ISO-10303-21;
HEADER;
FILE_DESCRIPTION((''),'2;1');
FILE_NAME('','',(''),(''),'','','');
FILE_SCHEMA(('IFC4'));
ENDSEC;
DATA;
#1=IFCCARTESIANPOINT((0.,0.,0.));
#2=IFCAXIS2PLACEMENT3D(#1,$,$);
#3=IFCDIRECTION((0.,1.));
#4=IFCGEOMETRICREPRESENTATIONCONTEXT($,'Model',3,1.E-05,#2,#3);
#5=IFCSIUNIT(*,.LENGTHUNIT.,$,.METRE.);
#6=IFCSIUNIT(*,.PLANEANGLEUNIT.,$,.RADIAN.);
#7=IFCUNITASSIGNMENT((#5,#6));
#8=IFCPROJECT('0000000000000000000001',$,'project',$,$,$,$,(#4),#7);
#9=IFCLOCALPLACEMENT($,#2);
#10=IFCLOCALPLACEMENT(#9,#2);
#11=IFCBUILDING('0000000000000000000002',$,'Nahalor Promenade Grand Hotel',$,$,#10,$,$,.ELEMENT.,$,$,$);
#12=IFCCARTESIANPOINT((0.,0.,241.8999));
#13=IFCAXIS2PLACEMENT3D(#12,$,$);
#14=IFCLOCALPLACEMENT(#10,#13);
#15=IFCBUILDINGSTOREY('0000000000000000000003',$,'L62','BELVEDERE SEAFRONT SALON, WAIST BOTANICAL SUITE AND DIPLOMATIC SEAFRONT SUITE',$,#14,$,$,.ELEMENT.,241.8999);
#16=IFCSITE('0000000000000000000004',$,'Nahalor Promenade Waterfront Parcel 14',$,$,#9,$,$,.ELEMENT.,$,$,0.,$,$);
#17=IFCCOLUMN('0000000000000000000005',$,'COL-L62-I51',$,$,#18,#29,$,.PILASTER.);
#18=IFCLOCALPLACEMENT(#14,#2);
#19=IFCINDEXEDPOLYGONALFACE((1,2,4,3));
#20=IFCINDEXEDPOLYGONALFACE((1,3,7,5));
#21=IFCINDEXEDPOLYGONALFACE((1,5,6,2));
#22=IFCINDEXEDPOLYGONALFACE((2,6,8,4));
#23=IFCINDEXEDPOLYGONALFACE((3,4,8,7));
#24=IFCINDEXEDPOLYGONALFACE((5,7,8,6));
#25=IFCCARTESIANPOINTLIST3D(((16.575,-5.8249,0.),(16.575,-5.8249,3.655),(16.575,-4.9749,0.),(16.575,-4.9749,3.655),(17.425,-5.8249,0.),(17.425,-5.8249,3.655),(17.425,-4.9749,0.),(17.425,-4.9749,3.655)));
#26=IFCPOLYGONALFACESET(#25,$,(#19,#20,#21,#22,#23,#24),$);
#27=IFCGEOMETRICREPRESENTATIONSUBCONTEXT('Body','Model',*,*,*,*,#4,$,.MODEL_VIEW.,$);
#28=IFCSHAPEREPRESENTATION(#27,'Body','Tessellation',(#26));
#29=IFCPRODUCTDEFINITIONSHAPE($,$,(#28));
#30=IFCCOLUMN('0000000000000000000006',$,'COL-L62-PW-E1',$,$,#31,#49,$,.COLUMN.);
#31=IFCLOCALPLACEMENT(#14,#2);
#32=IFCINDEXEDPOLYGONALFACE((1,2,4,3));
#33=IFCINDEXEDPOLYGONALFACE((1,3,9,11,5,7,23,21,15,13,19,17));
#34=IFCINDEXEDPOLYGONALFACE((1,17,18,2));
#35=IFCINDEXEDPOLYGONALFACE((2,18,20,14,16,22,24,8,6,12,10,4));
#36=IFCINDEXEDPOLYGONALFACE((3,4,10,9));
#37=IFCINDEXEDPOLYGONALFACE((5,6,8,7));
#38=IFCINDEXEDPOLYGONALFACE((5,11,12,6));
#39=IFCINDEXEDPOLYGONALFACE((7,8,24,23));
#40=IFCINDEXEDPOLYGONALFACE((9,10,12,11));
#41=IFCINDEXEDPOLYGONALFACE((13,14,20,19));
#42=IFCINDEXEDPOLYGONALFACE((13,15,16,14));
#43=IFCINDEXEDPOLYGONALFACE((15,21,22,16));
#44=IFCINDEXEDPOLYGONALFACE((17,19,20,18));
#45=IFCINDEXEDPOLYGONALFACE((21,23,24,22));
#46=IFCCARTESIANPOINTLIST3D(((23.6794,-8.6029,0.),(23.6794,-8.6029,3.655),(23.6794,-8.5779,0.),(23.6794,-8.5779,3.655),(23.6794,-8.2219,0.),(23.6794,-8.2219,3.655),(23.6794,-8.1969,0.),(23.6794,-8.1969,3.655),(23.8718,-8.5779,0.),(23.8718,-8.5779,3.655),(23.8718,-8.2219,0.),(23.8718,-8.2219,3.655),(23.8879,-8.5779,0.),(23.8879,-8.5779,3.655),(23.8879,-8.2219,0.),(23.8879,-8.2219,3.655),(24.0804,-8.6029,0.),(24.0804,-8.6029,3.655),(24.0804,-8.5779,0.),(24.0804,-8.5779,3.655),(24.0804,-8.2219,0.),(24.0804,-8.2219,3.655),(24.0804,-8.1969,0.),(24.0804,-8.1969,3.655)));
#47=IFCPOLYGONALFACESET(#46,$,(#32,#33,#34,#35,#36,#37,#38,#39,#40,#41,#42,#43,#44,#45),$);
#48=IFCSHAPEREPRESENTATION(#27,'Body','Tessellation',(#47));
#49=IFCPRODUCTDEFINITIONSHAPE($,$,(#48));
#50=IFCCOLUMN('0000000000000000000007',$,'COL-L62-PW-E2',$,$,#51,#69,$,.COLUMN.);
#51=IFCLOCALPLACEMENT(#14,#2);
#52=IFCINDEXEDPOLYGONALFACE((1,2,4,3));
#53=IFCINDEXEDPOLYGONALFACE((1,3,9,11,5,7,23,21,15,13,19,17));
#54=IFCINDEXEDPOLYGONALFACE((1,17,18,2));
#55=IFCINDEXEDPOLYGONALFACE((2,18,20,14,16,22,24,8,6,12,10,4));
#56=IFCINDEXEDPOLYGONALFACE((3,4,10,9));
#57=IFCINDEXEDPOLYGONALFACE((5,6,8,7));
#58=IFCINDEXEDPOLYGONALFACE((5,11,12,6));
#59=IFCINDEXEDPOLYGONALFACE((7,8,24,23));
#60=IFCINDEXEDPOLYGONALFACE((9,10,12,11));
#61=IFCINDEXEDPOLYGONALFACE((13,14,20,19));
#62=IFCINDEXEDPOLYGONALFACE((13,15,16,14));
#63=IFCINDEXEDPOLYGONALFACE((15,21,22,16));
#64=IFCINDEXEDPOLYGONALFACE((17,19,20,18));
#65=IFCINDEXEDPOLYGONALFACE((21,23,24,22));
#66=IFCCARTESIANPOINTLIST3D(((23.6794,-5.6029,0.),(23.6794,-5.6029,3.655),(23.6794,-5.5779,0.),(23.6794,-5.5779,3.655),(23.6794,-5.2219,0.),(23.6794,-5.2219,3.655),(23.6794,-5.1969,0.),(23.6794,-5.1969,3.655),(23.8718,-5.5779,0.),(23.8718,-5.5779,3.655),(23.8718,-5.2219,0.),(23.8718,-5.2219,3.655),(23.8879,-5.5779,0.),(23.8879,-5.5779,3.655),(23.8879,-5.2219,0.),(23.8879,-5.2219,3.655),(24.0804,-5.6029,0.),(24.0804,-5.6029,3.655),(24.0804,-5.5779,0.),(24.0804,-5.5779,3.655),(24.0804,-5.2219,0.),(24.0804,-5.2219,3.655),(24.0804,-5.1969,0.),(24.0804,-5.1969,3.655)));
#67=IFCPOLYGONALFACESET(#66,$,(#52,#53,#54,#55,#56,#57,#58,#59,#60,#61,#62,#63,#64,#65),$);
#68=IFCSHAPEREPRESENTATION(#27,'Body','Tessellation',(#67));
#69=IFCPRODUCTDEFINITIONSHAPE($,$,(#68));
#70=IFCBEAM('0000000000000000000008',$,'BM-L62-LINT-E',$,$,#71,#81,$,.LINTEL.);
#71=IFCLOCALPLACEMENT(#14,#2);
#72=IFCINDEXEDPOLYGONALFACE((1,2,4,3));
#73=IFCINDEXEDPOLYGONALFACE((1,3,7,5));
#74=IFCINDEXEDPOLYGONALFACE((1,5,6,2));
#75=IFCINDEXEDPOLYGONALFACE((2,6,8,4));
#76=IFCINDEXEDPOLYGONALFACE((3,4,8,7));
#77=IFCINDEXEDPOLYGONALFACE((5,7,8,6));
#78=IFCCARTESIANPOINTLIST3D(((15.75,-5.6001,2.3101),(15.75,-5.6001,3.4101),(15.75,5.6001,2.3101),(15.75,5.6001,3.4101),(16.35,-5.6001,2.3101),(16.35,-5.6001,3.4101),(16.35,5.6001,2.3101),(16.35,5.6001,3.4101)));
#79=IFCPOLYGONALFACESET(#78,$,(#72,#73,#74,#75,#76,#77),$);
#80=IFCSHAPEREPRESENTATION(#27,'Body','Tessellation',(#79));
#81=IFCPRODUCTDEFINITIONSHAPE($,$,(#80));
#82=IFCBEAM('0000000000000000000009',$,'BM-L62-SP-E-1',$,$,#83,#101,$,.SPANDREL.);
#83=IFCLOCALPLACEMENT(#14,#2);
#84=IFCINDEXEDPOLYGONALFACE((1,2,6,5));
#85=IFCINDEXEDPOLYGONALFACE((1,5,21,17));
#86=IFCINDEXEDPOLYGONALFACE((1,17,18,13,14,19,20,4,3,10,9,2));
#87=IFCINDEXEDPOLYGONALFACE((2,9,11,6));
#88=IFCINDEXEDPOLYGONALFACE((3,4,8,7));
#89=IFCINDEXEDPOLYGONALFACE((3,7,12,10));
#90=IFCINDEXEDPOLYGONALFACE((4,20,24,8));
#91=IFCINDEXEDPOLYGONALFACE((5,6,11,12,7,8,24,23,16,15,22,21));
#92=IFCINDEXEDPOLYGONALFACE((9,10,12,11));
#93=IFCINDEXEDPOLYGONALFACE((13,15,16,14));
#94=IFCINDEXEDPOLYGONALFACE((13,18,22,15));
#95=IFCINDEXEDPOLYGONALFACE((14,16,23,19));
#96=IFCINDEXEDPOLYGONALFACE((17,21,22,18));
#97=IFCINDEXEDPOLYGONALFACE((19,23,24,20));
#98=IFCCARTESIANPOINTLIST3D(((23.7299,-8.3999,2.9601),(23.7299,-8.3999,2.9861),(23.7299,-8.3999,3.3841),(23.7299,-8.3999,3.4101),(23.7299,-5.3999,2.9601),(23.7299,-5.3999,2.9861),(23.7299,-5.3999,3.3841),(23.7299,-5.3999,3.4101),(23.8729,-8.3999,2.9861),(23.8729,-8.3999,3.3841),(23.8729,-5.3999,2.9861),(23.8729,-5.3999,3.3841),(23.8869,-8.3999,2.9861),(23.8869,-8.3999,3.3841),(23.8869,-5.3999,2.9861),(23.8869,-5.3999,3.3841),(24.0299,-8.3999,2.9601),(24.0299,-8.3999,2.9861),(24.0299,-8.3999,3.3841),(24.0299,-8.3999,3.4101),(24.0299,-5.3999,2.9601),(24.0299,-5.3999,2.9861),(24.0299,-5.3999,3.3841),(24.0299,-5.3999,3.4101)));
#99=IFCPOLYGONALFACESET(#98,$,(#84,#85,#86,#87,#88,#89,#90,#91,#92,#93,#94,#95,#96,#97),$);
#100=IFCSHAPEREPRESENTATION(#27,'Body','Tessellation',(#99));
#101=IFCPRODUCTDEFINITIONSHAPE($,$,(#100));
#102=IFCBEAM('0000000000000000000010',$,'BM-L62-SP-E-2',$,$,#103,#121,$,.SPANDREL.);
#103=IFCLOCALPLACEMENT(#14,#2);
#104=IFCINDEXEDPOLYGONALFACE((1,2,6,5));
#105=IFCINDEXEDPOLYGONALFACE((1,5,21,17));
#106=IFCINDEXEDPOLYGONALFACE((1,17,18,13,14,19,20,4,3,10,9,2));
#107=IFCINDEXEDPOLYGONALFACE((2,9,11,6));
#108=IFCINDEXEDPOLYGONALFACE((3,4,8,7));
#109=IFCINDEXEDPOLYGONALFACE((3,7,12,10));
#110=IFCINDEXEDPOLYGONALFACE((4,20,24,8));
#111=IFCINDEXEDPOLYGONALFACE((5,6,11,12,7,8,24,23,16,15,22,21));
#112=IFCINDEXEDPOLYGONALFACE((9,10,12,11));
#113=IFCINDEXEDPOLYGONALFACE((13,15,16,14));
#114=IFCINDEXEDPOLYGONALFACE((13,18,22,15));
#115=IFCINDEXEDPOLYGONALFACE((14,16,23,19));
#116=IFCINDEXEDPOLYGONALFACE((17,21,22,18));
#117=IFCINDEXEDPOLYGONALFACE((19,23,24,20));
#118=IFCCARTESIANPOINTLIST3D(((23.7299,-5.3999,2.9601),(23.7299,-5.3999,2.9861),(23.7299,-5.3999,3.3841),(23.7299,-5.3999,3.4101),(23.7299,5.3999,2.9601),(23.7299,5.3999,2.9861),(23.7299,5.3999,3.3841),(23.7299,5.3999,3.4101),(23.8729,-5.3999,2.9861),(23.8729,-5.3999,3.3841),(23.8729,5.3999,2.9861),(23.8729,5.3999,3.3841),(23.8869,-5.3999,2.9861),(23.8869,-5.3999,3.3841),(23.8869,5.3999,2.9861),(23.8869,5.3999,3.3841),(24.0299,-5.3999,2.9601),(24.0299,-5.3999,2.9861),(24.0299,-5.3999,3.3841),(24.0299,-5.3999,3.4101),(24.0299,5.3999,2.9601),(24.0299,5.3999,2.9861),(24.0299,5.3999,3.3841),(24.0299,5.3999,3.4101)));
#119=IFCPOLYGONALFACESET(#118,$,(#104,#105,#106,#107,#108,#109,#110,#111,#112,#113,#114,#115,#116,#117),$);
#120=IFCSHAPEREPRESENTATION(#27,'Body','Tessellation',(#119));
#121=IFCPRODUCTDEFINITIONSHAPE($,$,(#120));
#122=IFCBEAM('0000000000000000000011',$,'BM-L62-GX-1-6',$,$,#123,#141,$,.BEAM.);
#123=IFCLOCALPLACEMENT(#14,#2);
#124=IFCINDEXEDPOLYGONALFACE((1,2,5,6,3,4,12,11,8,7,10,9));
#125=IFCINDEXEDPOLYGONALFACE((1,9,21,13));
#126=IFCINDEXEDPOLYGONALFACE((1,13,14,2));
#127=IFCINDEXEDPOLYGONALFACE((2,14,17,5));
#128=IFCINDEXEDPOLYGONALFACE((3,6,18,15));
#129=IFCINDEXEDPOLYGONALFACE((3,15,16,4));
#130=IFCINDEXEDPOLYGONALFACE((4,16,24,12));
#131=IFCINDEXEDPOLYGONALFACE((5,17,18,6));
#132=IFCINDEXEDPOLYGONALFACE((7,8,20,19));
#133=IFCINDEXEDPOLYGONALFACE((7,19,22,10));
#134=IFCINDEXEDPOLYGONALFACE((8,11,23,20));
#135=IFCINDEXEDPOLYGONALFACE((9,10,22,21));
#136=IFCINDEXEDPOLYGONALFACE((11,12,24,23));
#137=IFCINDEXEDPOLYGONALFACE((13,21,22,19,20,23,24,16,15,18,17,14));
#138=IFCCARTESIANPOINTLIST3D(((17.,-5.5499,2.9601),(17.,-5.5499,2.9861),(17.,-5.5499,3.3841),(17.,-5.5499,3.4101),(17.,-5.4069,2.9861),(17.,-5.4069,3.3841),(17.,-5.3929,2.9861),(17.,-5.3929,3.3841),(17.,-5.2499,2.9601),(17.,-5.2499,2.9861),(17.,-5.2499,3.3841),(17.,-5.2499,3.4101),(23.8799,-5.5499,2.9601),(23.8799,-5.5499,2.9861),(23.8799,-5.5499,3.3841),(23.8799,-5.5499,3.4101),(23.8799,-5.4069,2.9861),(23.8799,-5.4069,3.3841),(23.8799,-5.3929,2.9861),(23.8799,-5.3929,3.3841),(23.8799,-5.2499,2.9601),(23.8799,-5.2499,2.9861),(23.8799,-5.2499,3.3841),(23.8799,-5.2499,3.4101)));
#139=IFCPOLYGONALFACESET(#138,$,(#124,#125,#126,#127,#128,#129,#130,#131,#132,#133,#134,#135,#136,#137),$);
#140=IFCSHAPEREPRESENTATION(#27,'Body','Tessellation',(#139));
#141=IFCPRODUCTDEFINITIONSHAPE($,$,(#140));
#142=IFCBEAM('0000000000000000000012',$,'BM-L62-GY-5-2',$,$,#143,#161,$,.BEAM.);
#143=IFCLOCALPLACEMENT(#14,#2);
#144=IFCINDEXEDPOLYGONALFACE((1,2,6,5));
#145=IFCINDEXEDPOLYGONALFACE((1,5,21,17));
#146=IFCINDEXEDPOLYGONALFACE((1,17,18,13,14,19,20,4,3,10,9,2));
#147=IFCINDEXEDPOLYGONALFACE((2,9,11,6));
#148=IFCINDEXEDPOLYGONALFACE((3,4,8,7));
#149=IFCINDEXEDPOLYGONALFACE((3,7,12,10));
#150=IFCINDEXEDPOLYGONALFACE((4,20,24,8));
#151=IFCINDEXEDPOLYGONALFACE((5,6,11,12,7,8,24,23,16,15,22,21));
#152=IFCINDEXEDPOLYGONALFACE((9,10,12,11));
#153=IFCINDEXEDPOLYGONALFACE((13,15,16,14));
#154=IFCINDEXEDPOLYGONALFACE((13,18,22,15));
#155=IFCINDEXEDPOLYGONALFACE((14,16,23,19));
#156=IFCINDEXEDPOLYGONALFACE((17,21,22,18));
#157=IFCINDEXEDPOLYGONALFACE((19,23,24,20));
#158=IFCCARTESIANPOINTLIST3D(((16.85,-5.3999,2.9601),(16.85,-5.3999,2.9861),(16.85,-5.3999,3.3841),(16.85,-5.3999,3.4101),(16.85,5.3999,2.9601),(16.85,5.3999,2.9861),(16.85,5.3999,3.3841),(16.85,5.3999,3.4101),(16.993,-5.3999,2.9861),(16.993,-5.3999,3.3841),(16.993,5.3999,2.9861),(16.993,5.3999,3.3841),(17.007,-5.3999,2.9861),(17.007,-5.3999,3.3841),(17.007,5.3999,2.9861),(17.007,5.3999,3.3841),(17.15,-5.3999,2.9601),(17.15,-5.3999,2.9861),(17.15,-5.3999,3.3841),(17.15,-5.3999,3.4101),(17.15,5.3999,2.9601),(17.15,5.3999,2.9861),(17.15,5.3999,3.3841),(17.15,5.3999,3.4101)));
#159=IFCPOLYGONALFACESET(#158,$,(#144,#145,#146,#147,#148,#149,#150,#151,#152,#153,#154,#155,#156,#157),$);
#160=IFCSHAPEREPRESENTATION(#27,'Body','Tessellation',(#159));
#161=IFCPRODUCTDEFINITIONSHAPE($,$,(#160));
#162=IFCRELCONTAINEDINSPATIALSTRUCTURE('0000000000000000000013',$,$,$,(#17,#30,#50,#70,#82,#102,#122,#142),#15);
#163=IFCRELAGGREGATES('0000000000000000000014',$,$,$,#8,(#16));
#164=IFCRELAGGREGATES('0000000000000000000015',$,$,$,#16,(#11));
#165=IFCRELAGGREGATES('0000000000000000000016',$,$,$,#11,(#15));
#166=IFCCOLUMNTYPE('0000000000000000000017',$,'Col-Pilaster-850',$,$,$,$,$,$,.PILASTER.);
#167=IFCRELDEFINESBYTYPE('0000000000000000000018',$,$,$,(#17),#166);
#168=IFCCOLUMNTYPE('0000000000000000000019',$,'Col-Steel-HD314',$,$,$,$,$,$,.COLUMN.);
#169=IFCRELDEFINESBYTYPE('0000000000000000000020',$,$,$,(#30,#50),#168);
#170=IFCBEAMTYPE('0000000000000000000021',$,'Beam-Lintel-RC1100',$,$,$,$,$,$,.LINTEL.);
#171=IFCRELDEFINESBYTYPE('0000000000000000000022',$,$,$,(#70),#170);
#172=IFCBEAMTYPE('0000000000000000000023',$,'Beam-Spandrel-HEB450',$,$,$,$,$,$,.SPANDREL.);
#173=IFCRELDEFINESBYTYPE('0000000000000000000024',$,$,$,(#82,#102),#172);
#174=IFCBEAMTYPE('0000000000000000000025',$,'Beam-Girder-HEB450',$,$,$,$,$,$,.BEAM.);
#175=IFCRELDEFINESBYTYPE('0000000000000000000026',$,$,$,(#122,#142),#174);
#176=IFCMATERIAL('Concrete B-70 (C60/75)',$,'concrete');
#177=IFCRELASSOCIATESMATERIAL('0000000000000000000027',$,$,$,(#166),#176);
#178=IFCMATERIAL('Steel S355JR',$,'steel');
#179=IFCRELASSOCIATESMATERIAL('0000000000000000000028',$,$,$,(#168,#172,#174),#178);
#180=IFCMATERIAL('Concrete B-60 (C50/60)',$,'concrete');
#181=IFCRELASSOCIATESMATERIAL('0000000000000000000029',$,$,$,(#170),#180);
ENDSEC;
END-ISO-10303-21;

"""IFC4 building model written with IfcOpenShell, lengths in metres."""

from ifc_helpers import new_model, si_unit, direction, frame, origin, origin_2d, place, context, subcontext, project, spatial, rectangle, i_section, extrude, source, transform, mapped, material, material_profile, profile_set, type_object, element, save


model = new_model("IFC4")

# Units and contexts
model_context = context("Model", 3, precision=1e-05, world=origin(), true_north=direction((0.0, 1.0)))
body_context = subcontext(model_context, "Body", "Model", "MODEL_VIEW")
ifc_project = project(units=[si_unit("LENGTHUNIT", "METRE"), si_unit("PLANEANGLEUNIT", "RADIAN")], contexts=[model_context])

# Site, building, storey
site_placement = place(None, origin())
site = spatial("IfcSite", under=ifc_project, at=site_placement, Name="Nahalor Promenade Waterfront Parcel 14", CompositionType="ELEMENT", RefElevation=0.0)
building_placement = place(site_placement, origin())
building = spatial("IfcBuilding", under=site, at=building_placement, Name="Nahalor Promenade Grand Hotel", CompositionType="ELEMENT")
storey_placement = place(building_placement, frame((0.0, 0.0, 241.8999)))
storey = spatial("IfcBuildingStorey", under=building, at=storey_placement, Name="L62", Description="BELVEDERE SEAFRONT SALON, WAIST BOTANICAL SUITE AND DIPLOMATIC SEAFRONT SUITE", CompositionType="ELEMENT", Elevation=241.8999)

# Columns
ifc_material_1 = material(Name="Concrete B-70 (C60/75)", Category="concrete")
ifc_material_profile_1 = material_profile(ifc_material_1, rectangle(XDim=0.85, YDim=0.85, at=origin_2d()), Name="RC 850x850")
ifc_profile_set_1 = profile_set([ifc_material_profile_1], Name="Concrete B-70 (C60/75)")
column_type_1 = type_object("IfcColumnType", Name="Col-Pilaster-850", PredefinedType="PILASTER", material=ifc_profile_set_1)
shared_shape_1 = source(origin(), body_context, "Body", "SweptSolid", [
    extrude(rectangle(XDim=0.85, YDim=0.85, at=origin_2d()), origin(), (0.0, 0.0, 1.0), 3.655),
])
column_placement = place(storey_placement, frame((17.0, -5.3999, 0.0), z_axis=(0.0, 0.0, 1.0), x_axis=(1.0, 0.0, 0.0)))
element("IfcColumn", 1, at=column_placement, inside=storey, type_object=column_type_1, Name="COL-L62-I51", PredefinedType="PILASTER", context=body_context, shape_type="MappedRepresentation", body=[
    mapped(shared_shape_1, transform((0.0, 0.0, 0.0), scale=1.0)),
])
ifc_material_2 = material(Name="Steel S355JR", Category="steel")
ifc_material_profile_2 = material_profile(ifc_material_2, i_section(OverallWidth=0.401, OverallDepth=0.406, WebThickness=0.0161, FlangeThickness=0.025, at=origin_2d()), Name="HD 400x314")
ifc_profile_set_2 = profile_set([ifc_material_profile_2], Name="Steel S355JR")
column_type_2 = type_object("IfcColumnType", Name="Col-Steel-HD314", PredefinedType="COLUMN", material=ifc_profile_set_2)
shared_shape_2 = source(origin(), body_context, "Body", "SweptSolid", [
    extrude(i_section(OverallWidth=0.401, OverallDepth=0.406, WebThickness=0.0161, FlangeThickness=0.025, at=origin_2d()), origin(), (0.0, 0.0, 1.0), 3.655),
])
for number, where, z_axis, x_axis, name in (
    (2, (23.8799, -8.3999, 0.0), (0.0, 0.0, 1.0), (1.0, 0.0, 0.0), "COL-L62-PW-E1"),
    (3, (23.8799, -5.3999, 0.0), (0.0, 0.0, 1.0), (1.0, 0.0, 0.0), "COL-L62-PW-E2"),
):
    element("IfcColumn", number, at=place(storey_placement, frame(where, z_axis=z_axis, x_axis=x_axis)), inside=storey, type_object=column_type_2, Name=name, PredefinedType="COLUMN", context=body_context, shape_type="MappedRepresentation", body=[
        mapped(shared_shape_2, transform((0.0, 0.0, 0.0), scale=1.0)),
    ])

# Beams
ifc_material_3 = material(Name="Concrete B-60 (C50/60)", Category="concrete")
ifc_material_profile_3 = material_profile(ifc_material_3, rectangle(XDim=0.6, YDim=1.1, at=origin_2d()), Name="RC 600x1100")
ifc_profile_set_3 = profile_set([ifc_material_profile_3], Name="Concrete B-60 (C50/60)")
beam_type_1 = type_object("IfcBeamType", Name="Beam-Lintel-RC1100", PredefinedType="LINTEL", material=ifc_profile_set_3)
shared_shape_3 = source(origin(), body_context, "Body", "SweptSolid", [
    extrude(rectangle(XDim=0.6, YDim=1.1, at=origin_2d()), origin(), (0.0, 0.0, 1.0), 11.2002),
])
beam_1_placement = place(storey_placement, frame((16.05, -5.6001, 2.8601), z_axis=(0.0, 1.0, 0.0), x_axis=(-1.0, 0.0, 0.0)))
element("IfcBeam", 4, at=beam_1_placement, inside=storey, type_object=beam_type_1, Name="BM-L62-LINT-E", PredefinedType="LINTEL", context=body_context, shape_type="MappedRepresentation", body=[
    mapped(shared_shape_3, transform((0.0, 0.0, 0.0), scale=1.0)),
])
ifc_material_profile_4 = material_profile(ifc_material_2, i_section(OverallWidth=0.3, OverallDepth=0.45, WebThickness=0.014, FlangeThickness=0.026, at=origin_2d()), Name="HEB 450")
ifc_profile_set_4 = profile_set([ifc_material_profile_4], Name="Steel S355JR")
beam_type_2 = type_object("IfcBeamType", Name="Beam-Spandrel-HEB450", PredefinedType="SPANDREL", material=ifc_profile_set_4)
shared_shape_4 = source(origin(), body_context, "Body", "SweptSolid", [
    extrude(i_section(OverallWidth=0.3, OverallDepth=0.45, WebThickness=0.014, FlangeThickness=0.026, at=origin_2d()), origin(), (0.0, 0.0, 1.0), 3.0),
])
beam_2_placement = place(storey_placement, frame((23.8799, -8.3999, 3.1851), z_axis=(0.0, 1.0, 0.0), x_axis=(-1.0, 0.0, 0.0)))
element("IfcBeam", 5, at=beam_2_placement, inside=storey, type_object=beam_type_2, Name="BM-L62-SP-E-1", PredefinedType="SPANDREL", context=body_context, shape_type="MappedRepresentation", body=[
    mapped(shared_shape_4, transform((0.0, 0.0, 0.0), scale=1.0)),
])
shared_shape_5 = source(origin(), body_context, "Body", "SweptSolid", [
    extrude(i_section(OverallWidth=0.3, OverallDepth=0.45, WebThickness=0.014, FlangeThickness=0.026, at=origin_2d()), origin(), (0.0, 0.0, 1.0), 10.7998),
])
beam_3_placement = place(storey_placement, frame((23.8799, -5.3999, 3.1851), z_axis=(0.0, 1.0, 0.0), x_axis=(-1.0, 0.0, 0.0)))
element("IfcBeam", 6, at=beam_3_placement, inside=storey, type_object=beam_type_2, Name="BM-L62-SP-E-2", PredefinedType="SPANDREL", context=body_context, shape_type="MappedRepresentation", body=[
    mapped(shared_shape_5, transform((0.0, 0.0, 0.0), scale=1.0)),
])
ifc_material_profile_5 = material_profile(ifc_material_2, i_section(OverallWidth=0.3, OverallDepth=0.45, WebThickness=0.014, FlangeThickness=0.026, at=origin_2d()), Name="HEB 450")
ifc_profile_set_5 = profile_set([ifc_material_profile_5], Name="Steel S355JR")
beam_type_3 = type_object("IfcBeamType", Name="Beam-Girder-HEB450", PredefinedType="BEAM", material=ifc_profile_set_5)
shared_shape_6 = source(origin(), body_context, "Body", "SweptSolid", [
    extrude(i_section(OverallWidth=0.3, OverallDepth=0.45, WebThickness=0.014, FlangeThickness=0.026, at=origin_2d()), origin(), (0.0, 0.0, 1.0), 6.8799),
])
beam_4_placement = place(storey_placement, frame((17.0, -5.3999, 3.1851), z_axis=(1.0, 0.0, 0.0), x_axis=(0.0, 1.0, 0.0)))
element("IfcBeam", 7, at=beam_4_placement, inside=storey, type_object=beam_type_3, Name="BM-L62-GX-1-6", PredefinedType="BEAM", context=body_context, shape_type="MappedRepresentation", body=[
    mapped(shared_shape_6, transform((0.0, 0.0, 0.0), scale=1.0)),
])
shared_shape_7 = source(origin(), body_context, "Body", "SweptSolid", [
    extrude(i_section(OverallWidth=0.3, OverallDepth=0.45, WebThickness=0.014, FlangeThickness=0.026, at=origin_2d()), origin(), (0.0, 0.0, 1.0), 10.7998),
])
beam_5_placement = place(storey_placement, frame((17.0, -5.3999, 3.1851), z_axis=(0.0, 1.0, 0.0), x_axis=(-1.0, 0.0, 0.0)))
element("IfcBeam", 8, at=beam_5_placement, inside=storey, type_object=beam_type_3, Name="BM-L62-GY-5-2", PredefinedType="BEAM", context=body_context, shape_type="MappedRepresentation", body=[
    mapped(shared_shape_7, transform((0.0, 0.0, 0.0), scale=1.0)),
])

save(model, "model.ifc")
